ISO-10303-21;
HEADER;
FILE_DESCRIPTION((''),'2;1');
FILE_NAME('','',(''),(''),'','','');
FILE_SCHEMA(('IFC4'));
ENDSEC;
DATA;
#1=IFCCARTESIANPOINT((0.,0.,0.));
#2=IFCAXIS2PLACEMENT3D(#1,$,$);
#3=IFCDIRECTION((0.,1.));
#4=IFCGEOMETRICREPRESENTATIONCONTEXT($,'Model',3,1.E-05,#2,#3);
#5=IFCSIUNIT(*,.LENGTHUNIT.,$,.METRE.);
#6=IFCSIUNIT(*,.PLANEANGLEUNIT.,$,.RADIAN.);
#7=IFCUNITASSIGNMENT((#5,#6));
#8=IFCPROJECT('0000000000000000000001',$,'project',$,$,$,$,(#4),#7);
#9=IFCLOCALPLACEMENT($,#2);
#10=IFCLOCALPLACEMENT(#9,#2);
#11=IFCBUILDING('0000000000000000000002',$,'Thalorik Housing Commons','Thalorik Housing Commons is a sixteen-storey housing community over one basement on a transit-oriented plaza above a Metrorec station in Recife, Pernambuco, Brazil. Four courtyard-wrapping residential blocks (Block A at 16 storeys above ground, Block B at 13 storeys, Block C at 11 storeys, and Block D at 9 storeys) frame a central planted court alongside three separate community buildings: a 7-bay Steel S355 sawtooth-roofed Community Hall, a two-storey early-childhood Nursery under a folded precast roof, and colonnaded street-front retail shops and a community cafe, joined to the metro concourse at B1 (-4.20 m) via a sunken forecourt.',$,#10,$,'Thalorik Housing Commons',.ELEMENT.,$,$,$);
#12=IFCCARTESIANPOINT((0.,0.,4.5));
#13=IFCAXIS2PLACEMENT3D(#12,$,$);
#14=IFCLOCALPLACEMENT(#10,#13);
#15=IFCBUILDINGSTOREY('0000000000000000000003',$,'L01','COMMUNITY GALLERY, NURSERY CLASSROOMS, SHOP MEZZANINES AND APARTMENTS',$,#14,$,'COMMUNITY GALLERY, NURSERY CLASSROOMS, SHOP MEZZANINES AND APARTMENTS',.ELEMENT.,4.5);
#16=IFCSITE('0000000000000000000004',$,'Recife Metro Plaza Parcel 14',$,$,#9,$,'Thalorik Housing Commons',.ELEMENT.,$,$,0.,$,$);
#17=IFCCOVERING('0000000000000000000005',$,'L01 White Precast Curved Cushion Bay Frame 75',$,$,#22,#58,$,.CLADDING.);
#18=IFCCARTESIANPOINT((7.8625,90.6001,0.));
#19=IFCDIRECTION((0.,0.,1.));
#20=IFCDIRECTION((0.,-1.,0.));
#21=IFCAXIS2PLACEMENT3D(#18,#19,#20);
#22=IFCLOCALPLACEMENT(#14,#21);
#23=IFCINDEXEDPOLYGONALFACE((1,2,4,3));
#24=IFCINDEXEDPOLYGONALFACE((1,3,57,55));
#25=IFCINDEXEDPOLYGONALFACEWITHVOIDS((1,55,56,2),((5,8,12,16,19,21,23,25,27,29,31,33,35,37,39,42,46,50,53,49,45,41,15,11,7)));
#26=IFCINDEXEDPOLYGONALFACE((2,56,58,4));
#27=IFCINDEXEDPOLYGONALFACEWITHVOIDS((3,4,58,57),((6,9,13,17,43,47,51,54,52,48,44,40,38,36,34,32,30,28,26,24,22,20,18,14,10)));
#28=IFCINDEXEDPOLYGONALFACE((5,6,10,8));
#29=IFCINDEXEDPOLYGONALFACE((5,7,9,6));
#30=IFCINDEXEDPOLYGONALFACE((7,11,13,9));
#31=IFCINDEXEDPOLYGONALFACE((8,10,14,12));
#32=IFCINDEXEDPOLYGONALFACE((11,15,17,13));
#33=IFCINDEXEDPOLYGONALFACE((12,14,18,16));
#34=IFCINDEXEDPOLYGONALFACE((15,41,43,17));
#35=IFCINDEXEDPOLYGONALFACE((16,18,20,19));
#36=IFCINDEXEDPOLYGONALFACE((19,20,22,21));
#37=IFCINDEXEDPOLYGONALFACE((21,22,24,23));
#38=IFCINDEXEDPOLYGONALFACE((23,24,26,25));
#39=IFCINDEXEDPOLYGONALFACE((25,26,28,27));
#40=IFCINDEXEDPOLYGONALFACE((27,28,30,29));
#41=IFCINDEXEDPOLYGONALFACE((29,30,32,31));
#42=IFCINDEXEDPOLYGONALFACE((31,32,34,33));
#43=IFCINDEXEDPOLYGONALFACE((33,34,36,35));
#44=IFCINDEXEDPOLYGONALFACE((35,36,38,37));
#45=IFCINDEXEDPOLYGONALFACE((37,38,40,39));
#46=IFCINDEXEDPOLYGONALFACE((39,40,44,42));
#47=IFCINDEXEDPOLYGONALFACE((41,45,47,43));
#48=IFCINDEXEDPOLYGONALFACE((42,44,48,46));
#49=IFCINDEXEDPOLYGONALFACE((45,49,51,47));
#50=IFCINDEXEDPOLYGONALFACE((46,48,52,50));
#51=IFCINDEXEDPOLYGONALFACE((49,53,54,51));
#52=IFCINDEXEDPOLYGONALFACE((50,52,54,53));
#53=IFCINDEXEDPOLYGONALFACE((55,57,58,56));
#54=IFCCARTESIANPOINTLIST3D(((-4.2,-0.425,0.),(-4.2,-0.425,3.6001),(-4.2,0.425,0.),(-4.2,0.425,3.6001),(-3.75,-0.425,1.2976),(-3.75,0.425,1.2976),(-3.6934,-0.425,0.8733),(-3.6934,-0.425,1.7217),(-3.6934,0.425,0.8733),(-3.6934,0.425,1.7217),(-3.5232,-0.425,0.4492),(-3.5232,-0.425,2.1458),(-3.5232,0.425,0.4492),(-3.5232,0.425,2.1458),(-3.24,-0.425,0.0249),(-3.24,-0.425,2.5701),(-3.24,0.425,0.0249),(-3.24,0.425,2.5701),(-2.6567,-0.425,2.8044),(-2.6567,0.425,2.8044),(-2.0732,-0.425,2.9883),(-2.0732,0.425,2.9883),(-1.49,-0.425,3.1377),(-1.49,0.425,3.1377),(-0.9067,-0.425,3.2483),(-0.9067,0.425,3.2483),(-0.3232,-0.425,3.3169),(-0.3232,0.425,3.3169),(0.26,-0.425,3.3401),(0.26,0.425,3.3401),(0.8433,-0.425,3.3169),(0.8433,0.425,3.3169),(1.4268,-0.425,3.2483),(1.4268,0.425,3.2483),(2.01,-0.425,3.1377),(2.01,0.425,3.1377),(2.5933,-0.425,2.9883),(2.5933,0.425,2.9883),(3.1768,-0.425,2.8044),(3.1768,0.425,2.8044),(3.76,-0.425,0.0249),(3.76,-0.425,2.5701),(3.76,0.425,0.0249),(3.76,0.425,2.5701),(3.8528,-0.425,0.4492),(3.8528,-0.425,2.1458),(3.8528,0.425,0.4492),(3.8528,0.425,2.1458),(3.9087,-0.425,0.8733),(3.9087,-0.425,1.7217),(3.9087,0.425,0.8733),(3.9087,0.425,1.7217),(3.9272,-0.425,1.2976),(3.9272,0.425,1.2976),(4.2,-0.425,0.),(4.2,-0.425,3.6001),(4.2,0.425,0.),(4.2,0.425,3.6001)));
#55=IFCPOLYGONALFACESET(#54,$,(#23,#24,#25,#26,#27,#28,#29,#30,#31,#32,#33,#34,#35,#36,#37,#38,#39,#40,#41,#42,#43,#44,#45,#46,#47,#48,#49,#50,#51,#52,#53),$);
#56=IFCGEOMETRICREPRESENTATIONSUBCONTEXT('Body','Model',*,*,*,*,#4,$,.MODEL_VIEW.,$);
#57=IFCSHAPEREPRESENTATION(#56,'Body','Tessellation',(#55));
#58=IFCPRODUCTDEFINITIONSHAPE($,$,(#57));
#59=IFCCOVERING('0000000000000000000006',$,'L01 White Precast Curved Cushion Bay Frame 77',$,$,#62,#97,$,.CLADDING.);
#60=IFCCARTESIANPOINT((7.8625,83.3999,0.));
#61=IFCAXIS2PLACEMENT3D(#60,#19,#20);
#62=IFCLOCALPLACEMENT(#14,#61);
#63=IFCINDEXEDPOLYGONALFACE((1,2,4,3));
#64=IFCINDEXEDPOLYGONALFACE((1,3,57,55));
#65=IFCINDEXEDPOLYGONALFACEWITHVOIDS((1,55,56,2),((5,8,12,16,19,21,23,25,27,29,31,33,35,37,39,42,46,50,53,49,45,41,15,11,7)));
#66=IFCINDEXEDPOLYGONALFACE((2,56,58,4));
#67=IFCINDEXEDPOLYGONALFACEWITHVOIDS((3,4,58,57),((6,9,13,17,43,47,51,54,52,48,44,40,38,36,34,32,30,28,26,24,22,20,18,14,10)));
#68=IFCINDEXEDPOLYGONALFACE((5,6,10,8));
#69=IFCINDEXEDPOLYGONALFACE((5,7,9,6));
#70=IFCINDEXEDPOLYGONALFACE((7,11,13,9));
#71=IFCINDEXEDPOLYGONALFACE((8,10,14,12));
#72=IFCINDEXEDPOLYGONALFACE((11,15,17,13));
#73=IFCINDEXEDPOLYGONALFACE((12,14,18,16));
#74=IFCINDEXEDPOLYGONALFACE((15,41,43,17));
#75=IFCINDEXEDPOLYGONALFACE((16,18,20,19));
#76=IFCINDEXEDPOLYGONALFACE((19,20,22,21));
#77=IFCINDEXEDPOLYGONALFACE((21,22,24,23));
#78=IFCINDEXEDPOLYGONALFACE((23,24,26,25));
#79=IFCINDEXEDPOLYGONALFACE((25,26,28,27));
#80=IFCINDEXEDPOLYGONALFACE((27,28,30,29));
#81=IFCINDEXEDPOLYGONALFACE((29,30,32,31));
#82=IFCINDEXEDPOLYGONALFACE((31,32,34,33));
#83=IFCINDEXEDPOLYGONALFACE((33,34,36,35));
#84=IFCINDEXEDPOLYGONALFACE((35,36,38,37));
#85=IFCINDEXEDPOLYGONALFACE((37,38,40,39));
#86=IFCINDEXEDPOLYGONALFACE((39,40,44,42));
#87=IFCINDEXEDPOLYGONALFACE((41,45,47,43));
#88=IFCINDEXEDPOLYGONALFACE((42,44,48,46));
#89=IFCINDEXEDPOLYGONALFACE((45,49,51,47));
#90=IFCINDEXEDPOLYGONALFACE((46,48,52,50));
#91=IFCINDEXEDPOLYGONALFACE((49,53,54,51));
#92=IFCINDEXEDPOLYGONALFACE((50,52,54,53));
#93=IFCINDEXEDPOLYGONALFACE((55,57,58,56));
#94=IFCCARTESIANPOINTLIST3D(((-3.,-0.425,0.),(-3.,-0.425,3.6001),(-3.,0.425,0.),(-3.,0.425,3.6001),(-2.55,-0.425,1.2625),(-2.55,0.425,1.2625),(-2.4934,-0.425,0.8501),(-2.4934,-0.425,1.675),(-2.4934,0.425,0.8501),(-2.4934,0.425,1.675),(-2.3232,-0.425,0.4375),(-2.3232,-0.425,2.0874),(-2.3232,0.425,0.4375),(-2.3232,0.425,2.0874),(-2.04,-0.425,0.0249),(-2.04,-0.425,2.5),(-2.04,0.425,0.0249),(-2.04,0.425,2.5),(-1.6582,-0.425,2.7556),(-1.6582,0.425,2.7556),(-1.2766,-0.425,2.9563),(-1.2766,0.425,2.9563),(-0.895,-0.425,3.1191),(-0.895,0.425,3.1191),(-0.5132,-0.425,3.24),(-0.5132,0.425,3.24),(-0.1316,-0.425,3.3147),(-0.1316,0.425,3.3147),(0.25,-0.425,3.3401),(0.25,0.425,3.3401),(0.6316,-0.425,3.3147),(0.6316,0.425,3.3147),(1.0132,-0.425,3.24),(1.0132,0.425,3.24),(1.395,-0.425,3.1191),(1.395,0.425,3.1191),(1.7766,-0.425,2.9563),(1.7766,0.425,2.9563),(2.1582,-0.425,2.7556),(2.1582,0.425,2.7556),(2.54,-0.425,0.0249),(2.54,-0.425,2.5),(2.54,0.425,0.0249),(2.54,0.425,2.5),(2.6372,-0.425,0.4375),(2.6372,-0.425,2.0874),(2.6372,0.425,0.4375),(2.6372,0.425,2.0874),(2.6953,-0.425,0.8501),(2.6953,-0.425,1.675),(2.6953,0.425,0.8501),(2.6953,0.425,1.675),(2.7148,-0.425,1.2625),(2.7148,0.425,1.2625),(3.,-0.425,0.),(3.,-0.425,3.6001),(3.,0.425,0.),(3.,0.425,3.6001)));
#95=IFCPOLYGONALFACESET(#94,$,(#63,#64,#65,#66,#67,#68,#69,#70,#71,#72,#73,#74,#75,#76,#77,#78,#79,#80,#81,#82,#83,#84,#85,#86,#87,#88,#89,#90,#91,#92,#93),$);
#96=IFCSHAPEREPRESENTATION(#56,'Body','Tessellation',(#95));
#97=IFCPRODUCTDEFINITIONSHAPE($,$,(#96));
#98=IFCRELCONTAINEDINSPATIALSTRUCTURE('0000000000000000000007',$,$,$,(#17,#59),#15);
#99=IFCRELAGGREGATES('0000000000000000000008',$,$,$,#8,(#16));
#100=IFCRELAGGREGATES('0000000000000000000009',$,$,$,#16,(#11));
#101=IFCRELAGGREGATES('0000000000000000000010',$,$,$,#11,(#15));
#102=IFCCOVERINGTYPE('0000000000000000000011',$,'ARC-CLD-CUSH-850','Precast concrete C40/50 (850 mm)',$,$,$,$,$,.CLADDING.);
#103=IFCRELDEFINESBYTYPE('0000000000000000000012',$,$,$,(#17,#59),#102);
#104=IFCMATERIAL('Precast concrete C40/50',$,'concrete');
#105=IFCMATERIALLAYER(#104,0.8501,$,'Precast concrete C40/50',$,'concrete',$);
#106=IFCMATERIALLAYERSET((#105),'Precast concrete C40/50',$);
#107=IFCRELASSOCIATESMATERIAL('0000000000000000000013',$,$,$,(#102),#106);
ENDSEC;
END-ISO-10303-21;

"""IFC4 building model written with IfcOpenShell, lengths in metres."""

from ifc_helpers import new_model, si_unit, direction, frame, origin, place, context, subcontext, project, spatial, polyline, outline, extrude, material, layer, layer_set, type_object, element, save


model = new_model("IFC4")

# Units and contexts
model_context = context("Model", 3, precision=1e-05, world=origin(), true_north=direction((0.0, 1.0)))
body_context = subcontext(model_context, "Body", "Model", "MODEL_VIEW")
ifc_project = project(units=[si_unit("LENGTHUNIT", "METRE"), si_unit("PLANEANGLEUNIT", "RADIAN")], contexts=[model_context])

# Site, building, storey
site_placement = place(None, origin())
site = spatial("IfcSite", under=ifc_project, at=site_placement, Name="Recife Metro Plaza Parcel 14", LongName="Thalorik Housing Commons", CompositionType="ELEMENT", RefElevation=0.0)
building_placement = place(site_placement, origin())
building = spatial("IfcBuilding", under=site, at=building_placement, Name="Thalorik Housing Commons", Description="Thalorik Housing Commons is a sixteen-storey housing community over one basement on a transit-oriented plaza above a Metrorec station in Recife, Pernambuco, Brazil. Four courtyard-wrapping residential blocks (Block A at 16 storeys above ground, Block B at 13 storeys, Block C at 11 storeys, and Block D at 9 storeys) frame a central planted court alongside three separate community buildings: a 7-bay Steel S355 sawtooth-roofed Community Hall, a two-storey early-childhood Nursery under a folded precast roof, and colonnaded street-front retail shops and a community cafe, joined to the metro concourse at B1 (-4.20 m) via a sunken forecourt.", LongName="Thalorik Housing Commons", CompositionType="ELEMENT")
storey_placement = place(building_placement, frame((0.0, 0.0, 4.5)))
storey = spatial("IfcBuildingStorey", under=building, at=storey_placement, Name="L01", Description="COMMUNITY GALLERY, NURSERY CLASSROOMS, SHOP MEZZANINES AND APARTMENTS", LongName="COMMUNITY GALLERY, NURSERY CLASSROOMS, SHOP MEZZANINES AND APARTMENTS", CompositionType="ELEMENT", Elevation=4.5)

# Shared definitions
ifc_material_1 = material(Name="Precast concrete C40/50", Category="concrete")

# Coverings
ifc_layer_1 = layer(ifc_material_1, 0.8501, Name="Precast concrete C40/50", Category="concrete")
ifc_layer_set_1 = layer_set([ifc_layer_1], Name="Precast concrete C40/50")
covering_type_1 = type_object("IfcCoveringType", Name="ARC-CLD-CUSH-850", Description="Precast concrete C40/50 (850 mm)", PredefinedType="CLADDING", material=ifc_layer_set_1)
covering_1_placement = place(storey_placement, frame((7.8625, 90.6001, 0.0), z_axis=(0.0, 0.0, 1.0), x_axis=(0.0, -1.0, 0.0)))
element("IfcCovering", 1, at=covering_1_placement, inside=storey, type_object=covering_type_1, Name="L01 White Precast Curved Cushion Bay Frame 75", PredefinedType="CLADDING", context=body_context, shape_type="SweptSolid", body=[
    extrude(outline(polyline([(-4.2, 0.0), (4.2, 0.0), (4.2, 3.6001), (-4.2, 3.6001), (-4.2, 0.0)]), holes=[polyline([(3.76, 0.0249), (3.8528, 0.4492), (3.9087, 0.8733), (3.9272, 1.2976), (3.9087, 1.7217), (3.8528, 2.1458), (3.76, 2.5701), (3.1768, 2.8044), (2.5933, 2.9883), (2.01, 3.1377), (1.4268, 3.2483), (0.8433, 3.3169), (0.26, 3.3401), (-0.3232, 3.3169), (-0.9067, 3.2483), (-1.49, 3.1377), (-2.0732, 2.9883), (-2.6567, 2.8044), (-3.24, 2.5701), (-3.5232, 2.1458), (-3.6934, 1.7217), (-3.75, 1.2976), (-3.6934, 0.8733), (-3.5232, 0.4492), (-3.24, 0.0249), (3.76, 0.0249)])]), frame((0.0, 0.425, 0.0), z_axis=(0.0, -1.0, 0.0), x_axis=(1.0, 0.0, 0.0)), (0.0, 0.0, 1.0), 0.8501),
])
covering_2_placement = place(storey_placement, frame((7.8625, 83.3999, 0.0), z_axis=(0.0, 0.0, 1.0), x_axis=(0.0, -1.0, 0.0)))
element("IfcCovering", 2, at=covering_2_placement, inside=storey, type_object=covering_type_1, Name="L01 White Precast Curved Cushion Bay Frame 77", PredefinedType="CLADDING", context=body_context, shape_type="SweptSolid", body=[
    extrude(outline(polyline([(-3.0, 0.0), (3.0, 0.0), (3.0, 3.6001), (-3.0, 3.6001), (-3.0, 0.0)]), holes=[polyline([(2.54, 0.0249), (2.6372, 0.4375), (2.6953, 0.8501), (2.7148, 1.2625), (2.6953, 1.675), (2.6372, 2.0874), (2.54, 2.5), (2.1582, 2.7556), (1.7766, 2.9563), (1.395, 3.1191), (1.0132, 3.24), (0.6316, 3.3147), (0.25, 3.3401), (-0.1316, 3.3147), (-0.5132, 3.24), (-0.895, 3.1191), (-1.2766, 2.9563), (-1.6582, 2.7556), (-2.04, 2.5), (-2.3232, 2.0874), (-2.4934, 1.675), (-2.55, 1.2625), (-2.4934, 0.8501), (-2.3232, 0.4375), (-2.04, 0.0249), (2.54, 0.0249)])]), frame((0.0, 0.425, 0.0), z_axis=(0.0, -1.0, 0.0), x_axis=(1.0, 0.0, 0.0)), (0.0, 0.0, 1.0), 0.8501),
])

save(model, "model.ifc")
